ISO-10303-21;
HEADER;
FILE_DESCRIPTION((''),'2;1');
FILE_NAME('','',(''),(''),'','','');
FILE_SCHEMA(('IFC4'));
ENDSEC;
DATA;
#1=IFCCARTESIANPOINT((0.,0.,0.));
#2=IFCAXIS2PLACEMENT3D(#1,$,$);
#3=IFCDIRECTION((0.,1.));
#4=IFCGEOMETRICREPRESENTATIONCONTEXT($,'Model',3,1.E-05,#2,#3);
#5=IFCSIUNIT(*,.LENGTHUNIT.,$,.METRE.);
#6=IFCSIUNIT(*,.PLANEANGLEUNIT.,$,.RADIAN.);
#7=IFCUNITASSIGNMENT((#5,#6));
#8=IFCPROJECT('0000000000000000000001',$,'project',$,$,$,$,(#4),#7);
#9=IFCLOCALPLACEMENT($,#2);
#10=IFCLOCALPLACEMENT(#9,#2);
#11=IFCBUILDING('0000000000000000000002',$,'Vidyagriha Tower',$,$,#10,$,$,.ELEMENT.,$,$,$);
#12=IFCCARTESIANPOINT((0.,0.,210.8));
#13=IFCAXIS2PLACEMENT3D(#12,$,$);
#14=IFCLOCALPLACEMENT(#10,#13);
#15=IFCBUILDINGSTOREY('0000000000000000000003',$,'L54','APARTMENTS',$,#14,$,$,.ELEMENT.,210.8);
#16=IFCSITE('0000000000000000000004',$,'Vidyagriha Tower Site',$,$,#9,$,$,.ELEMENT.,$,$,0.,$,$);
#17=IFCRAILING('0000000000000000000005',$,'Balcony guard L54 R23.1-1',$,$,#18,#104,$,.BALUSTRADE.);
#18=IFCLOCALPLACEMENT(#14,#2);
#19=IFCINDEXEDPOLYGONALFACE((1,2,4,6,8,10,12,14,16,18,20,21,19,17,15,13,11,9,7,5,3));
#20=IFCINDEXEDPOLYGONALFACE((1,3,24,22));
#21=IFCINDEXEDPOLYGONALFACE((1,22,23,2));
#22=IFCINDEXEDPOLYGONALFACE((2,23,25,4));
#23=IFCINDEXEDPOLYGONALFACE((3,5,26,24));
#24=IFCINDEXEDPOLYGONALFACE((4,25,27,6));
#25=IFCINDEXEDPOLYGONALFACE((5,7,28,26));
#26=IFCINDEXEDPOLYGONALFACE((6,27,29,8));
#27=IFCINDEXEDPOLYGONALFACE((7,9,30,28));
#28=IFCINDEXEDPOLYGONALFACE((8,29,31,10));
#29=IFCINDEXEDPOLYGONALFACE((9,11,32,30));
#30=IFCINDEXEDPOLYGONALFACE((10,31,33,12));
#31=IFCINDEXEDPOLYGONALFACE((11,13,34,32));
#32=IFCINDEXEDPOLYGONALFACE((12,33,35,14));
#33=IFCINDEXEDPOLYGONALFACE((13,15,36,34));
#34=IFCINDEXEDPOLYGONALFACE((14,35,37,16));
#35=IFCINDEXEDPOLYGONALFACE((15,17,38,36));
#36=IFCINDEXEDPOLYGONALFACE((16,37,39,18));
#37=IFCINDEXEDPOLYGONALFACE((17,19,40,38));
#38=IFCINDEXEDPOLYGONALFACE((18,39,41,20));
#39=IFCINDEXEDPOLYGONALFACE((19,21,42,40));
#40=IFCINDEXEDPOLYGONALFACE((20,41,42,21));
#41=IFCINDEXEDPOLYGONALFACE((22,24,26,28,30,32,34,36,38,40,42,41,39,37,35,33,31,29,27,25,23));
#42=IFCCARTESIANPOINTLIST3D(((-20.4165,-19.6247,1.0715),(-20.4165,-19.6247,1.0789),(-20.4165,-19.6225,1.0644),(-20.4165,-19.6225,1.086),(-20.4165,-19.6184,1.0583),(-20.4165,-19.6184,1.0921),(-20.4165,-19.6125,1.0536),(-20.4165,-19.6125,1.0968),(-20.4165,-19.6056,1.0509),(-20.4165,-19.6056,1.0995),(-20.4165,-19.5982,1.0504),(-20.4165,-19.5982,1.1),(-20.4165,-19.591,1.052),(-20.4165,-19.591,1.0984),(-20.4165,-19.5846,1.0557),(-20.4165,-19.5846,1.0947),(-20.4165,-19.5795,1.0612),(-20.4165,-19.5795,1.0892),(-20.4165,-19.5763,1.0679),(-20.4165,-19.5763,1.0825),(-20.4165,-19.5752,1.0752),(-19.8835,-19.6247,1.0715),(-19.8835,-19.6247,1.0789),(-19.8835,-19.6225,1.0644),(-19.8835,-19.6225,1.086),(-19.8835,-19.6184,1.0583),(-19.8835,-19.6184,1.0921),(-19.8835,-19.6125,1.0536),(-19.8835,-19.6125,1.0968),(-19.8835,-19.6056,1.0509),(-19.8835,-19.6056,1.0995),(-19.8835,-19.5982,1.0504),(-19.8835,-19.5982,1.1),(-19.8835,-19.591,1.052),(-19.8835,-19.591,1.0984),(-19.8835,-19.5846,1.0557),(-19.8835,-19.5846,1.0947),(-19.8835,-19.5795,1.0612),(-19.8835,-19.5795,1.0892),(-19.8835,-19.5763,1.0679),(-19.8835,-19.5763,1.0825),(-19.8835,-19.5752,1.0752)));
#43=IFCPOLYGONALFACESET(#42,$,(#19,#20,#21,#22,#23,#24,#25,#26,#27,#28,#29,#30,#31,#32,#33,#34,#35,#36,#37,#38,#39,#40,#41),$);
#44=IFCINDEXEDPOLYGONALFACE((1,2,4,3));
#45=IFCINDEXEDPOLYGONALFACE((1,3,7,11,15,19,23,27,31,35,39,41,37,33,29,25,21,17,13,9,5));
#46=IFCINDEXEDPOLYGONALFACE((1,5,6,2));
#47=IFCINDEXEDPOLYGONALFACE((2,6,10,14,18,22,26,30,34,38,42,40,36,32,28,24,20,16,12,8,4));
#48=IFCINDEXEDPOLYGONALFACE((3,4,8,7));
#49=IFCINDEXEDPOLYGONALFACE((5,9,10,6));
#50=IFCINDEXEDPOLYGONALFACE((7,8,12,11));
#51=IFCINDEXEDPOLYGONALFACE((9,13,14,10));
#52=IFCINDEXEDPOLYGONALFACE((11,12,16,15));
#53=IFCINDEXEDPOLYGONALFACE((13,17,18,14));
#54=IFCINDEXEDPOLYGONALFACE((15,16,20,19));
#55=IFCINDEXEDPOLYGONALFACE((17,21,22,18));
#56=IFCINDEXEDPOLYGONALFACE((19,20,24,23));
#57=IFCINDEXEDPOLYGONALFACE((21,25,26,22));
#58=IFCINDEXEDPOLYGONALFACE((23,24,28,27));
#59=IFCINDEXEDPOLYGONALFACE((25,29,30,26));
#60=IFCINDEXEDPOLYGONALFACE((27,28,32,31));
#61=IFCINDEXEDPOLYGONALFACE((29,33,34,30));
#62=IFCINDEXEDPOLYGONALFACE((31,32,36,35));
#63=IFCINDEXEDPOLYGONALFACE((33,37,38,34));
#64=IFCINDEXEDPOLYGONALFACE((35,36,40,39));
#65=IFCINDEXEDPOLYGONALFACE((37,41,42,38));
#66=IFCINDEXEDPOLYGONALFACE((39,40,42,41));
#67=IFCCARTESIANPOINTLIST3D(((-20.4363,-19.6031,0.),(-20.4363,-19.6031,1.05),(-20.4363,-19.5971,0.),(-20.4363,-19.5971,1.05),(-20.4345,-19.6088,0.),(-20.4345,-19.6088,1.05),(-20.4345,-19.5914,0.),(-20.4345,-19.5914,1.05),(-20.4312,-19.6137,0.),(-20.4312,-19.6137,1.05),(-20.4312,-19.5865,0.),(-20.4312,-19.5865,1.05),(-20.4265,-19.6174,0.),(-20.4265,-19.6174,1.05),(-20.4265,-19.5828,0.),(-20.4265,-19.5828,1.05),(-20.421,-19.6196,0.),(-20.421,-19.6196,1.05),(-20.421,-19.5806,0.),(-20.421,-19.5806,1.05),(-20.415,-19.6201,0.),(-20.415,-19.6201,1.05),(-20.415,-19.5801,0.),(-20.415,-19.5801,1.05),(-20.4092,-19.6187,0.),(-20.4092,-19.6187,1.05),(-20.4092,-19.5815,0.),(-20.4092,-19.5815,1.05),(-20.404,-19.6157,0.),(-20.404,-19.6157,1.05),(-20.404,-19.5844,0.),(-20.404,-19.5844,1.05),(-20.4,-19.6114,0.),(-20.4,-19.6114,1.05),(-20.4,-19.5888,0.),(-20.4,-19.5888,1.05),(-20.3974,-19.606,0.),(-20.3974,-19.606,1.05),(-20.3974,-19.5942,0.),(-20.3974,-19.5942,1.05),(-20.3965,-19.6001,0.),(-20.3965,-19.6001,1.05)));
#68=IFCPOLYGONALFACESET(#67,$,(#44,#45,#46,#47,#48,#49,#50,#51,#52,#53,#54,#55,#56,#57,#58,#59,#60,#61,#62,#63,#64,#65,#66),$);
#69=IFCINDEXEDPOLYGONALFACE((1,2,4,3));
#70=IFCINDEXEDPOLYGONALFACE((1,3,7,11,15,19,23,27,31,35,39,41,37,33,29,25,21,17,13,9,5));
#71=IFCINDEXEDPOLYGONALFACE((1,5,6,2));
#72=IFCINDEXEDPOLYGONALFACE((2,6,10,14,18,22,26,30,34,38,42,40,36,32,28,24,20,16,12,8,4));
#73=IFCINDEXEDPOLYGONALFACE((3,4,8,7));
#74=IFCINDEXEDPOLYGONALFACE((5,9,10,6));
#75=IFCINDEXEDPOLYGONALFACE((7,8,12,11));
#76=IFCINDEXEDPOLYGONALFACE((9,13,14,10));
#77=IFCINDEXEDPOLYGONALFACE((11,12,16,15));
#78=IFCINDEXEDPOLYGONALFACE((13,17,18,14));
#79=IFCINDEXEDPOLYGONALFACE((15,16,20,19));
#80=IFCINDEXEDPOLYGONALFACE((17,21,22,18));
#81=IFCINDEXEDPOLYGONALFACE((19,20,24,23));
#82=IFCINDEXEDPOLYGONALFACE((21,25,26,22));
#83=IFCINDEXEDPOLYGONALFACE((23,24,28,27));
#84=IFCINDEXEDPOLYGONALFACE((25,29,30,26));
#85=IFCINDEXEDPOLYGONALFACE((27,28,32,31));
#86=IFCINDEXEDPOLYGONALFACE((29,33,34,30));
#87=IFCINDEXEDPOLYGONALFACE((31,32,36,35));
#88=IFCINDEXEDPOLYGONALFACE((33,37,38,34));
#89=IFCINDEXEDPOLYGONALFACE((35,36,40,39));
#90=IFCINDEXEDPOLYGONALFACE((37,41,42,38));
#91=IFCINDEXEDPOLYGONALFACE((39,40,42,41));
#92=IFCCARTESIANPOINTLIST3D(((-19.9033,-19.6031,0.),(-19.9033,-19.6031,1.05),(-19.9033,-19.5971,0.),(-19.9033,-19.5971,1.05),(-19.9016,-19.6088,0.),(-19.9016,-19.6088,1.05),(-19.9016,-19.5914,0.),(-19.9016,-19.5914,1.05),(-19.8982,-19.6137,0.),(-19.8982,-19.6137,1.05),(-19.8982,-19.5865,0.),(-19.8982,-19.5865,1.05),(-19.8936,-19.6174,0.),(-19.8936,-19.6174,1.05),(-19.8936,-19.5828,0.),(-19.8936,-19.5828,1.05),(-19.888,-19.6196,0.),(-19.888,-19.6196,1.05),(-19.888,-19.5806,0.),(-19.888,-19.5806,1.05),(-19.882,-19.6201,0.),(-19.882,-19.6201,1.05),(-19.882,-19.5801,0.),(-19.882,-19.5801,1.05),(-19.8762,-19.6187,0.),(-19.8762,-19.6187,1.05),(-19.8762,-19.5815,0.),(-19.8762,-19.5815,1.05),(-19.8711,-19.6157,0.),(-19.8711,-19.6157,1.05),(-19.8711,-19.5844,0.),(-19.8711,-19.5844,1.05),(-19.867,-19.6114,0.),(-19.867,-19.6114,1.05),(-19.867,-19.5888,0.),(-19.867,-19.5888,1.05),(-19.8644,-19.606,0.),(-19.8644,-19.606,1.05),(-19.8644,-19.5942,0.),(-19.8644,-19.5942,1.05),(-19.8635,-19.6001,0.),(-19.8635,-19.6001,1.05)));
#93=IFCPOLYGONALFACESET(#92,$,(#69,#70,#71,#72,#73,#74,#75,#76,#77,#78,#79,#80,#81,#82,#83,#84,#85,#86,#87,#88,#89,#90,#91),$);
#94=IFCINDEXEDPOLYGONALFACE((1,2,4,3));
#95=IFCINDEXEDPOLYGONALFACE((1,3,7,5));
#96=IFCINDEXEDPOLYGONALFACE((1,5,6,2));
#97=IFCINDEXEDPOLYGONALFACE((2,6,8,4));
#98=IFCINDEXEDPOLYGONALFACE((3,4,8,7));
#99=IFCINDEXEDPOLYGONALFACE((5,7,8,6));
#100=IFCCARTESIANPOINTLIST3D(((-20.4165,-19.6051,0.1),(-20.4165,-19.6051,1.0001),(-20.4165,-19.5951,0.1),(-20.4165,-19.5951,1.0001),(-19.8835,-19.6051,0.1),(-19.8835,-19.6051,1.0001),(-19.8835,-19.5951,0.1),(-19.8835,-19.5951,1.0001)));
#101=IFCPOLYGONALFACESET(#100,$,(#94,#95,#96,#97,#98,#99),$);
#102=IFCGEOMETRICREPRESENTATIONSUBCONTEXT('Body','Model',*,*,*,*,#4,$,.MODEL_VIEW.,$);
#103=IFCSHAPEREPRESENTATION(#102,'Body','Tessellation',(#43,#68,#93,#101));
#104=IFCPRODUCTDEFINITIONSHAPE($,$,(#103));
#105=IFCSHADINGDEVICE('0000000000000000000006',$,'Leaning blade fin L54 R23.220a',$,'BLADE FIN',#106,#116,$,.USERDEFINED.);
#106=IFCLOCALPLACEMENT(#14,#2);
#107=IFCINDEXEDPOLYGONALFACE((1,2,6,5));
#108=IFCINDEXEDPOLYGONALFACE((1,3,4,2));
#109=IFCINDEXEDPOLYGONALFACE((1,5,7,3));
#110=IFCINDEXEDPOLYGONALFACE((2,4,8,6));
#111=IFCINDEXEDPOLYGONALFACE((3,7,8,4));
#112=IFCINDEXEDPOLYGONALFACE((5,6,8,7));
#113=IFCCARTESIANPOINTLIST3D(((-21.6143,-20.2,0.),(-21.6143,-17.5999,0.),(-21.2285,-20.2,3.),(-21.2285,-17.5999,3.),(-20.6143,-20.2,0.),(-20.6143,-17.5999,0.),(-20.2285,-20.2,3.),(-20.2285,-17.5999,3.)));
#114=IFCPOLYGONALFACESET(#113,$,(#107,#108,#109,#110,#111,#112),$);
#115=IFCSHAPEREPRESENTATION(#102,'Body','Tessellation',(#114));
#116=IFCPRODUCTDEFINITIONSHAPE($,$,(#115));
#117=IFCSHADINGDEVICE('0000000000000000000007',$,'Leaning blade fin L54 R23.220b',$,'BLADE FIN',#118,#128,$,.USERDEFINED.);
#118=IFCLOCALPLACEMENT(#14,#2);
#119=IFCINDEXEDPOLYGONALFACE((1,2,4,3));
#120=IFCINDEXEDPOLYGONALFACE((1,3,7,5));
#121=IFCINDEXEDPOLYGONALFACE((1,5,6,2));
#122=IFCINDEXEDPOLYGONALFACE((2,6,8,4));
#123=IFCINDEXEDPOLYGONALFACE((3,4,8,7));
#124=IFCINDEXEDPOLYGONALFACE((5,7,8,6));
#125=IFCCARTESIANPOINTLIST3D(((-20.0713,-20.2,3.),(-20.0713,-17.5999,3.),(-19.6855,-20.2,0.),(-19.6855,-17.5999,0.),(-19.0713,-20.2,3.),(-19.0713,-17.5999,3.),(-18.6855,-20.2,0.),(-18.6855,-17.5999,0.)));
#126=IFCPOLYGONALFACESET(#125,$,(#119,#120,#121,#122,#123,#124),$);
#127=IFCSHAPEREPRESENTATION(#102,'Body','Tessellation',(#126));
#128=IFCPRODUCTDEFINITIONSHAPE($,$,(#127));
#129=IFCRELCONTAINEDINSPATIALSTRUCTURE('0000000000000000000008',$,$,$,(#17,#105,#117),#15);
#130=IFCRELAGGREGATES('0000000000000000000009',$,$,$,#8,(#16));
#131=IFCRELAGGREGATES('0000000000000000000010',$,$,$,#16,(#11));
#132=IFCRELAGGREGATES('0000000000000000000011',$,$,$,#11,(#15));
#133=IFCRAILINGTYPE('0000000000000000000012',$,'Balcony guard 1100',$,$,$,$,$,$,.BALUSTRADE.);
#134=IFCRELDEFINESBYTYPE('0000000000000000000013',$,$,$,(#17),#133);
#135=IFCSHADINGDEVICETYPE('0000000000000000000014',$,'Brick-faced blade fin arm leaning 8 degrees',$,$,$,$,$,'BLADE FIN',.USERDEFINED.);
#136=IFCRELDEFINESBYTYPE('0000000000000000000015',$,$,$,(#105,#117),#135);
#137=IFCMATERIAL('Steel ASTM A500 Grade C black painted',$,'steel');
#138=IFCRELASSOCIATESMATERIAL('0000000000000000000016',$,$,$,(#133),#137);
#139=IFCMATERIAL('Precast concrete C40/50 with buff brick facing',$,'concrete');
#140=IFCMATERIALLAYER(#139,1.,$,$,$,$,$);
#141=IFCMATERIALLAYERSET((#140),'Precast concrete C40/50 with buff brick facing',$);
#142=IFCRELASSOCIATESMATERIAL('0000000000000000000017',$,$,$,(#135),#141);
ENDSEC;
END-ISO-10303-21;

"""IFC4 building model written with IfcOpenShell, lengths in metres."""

from ifc_helpers import new_model, si_unit, direction, frame, origin, origin_2d, place, context, subcontext, project, spatial, polyline, rectangle, circle, outline, extrude, material, layer, layer_set, type_object, element, save


model = new_model("IFC4")

# Units and contexts
model_context = context("Model", 3, precision=1e-05, world=origin(), true_north=direction((0.0, 1.0)))
body_context = subcontext(model_context, "Body", "Model", "MODEL_VIEW")
ifc_project = project(units=[si_unit("LENGTHUNIT", "METRE"), si_unit("PLANEANGLEUNIT", "RADIAN")], contexts=[model_context])

# Site, building, storey
site_placement = place(None, origin())
site = spatial("IfcSite", under=ifc_project, at=site_placement, Name="Vidyagriha Tower Site", CompositionType="ELEMENT", RefElevation=0.0)
building_placement = place(site_placement, origin())
building = spatial("IfcBuilding", under=site, at=building_placement, Name="Vidyagriha Tower", CompositionType="ELEMENT")
storey_placement = place(building_placement, frame((0.0, 0.0, 210.8)))
storey = spatial("IfcBuildingStorey", under=building, at=storey_placement, Name="L54", Description="APARTMENTS", CompositionType="ELEMENT", Elevation=210.8)

# Railing
ifc_material_1 = material(Name="Steel ASTM A500 Grade C black painted", Category="steel")
railing_type_1 = type_object("IfcRailingType", Name="Balcony guard 1100", PredefinedType="BALUSTRADE", material=ifc_material_1)
railing_1_placement = place(storey_placement, frame((-20.4165, -19.6001, 0.0)))
element("IfcRailing", 1, at=railing_1_placement, inside=storey, type_object=railing_type_1, Name="Balcony guard L54 R23.1-1", PredefinedType="BALUSTRADE", context=body_context, shape_type="SweptSolid", body=[
    extrude(circle(Radius=0.0249, at=origin_2d()), frame((0.0, 0.0, 1.0752), z_axis=(1.0, 0.0, 0.0), x_axis=(0.0, 1.0, 0.0)), (0.0, 0.0, 1.0), 0.533),
    extrude(circle(Radius=0.02, at=origin_2d()), origin(), (0.0, 0.0, 1.0), 1.05),
    extrude(circle(Radius=0.02, at=origin_2d()), frame((0.533, 0.0, 0.0)), (0.0, 0.0, 1.0), 1.05),
    extrude(rectangle(XDim=0.01, YDim=0.9001, at=origin_2d()), frame((0.0, 0.0, 0.55), z_axis=(1.0, 0.0, 0.0), x_axis=(0.0, 1.0, 0.0)), (0.0, 0.0, 1.0), 0.533),
])

# Shading devices
ifc_material_2 = material(Name="Precast concrete C40/50 with buff brick facing", Category="concrete")
ifc_layer_1 = layer(ifc_material_2, 1.0)
ifc_layer_set_1 = layer_set([ifc_layer_1], Name="Precast concrete C40/50 with buff brick facing")
shading_device_type = type_object("IfcShadingDeviceType", Name="Brick-faced blade fin arm leaning 8 degrees", ElementType="BLADE FIN", PredefinedType="USERDEFINED", material=ifc_layer_set_1)
shading_device_1_placement = place(storey_placement, frame((-21.6143, -18.8999, 0.0)))
element("IfcShadingDevice", 2, at=shading_device_1_placement, inside=storey, type_object=shading_device_type, Name="Leaning blade fin L54 R23.220a", ObjectType="BLADE FIN", PredefinedType="USERDEFINED", context=body_context, shape_type="SweptSolid", body=[
    extrude(outline(polyline([(0.0, 0.0), (1.0, 0.0), (1.3857, 3.0), (0.3857, 3.0), (0.0, 0.0)])), frame((0.0, 1.3, 0.0), z_axis=(0.0, -1.0, 0.0), x_axis=(1.0, 0.0, 0.0)), (0.0, 0.0, 1.0), 2.6001),
])
shading_device_2_placement = place(storey_placement, frame((-20.0713, -18.8999, 0.0)))
element("IfcShadingDevice", 3, at=shading_device_2_placement, inside=storey, type_object=shading_device_type, Name="Leaning blade fin L54 R23.220b", ObjectType="BLADE FIN", PredefinedType="USERDEFINED", context=body_context, shape_type="SweptSolid", body=[
    extrude(outline(polyline([(0.3857, 0.0), (1.3857, 0.0), (1.0, 3.0), (0.0, 3.0), (0.3857, 0.0)])), frame((0.0, 1.3, 0.0), z_axis=(0.0, -1.0, 0.0), x_axis=(1.0, 0.0, 0.0)), (0.0, 0.0, 1.0), 2.6001),
])

save(model, "model.ifc")
